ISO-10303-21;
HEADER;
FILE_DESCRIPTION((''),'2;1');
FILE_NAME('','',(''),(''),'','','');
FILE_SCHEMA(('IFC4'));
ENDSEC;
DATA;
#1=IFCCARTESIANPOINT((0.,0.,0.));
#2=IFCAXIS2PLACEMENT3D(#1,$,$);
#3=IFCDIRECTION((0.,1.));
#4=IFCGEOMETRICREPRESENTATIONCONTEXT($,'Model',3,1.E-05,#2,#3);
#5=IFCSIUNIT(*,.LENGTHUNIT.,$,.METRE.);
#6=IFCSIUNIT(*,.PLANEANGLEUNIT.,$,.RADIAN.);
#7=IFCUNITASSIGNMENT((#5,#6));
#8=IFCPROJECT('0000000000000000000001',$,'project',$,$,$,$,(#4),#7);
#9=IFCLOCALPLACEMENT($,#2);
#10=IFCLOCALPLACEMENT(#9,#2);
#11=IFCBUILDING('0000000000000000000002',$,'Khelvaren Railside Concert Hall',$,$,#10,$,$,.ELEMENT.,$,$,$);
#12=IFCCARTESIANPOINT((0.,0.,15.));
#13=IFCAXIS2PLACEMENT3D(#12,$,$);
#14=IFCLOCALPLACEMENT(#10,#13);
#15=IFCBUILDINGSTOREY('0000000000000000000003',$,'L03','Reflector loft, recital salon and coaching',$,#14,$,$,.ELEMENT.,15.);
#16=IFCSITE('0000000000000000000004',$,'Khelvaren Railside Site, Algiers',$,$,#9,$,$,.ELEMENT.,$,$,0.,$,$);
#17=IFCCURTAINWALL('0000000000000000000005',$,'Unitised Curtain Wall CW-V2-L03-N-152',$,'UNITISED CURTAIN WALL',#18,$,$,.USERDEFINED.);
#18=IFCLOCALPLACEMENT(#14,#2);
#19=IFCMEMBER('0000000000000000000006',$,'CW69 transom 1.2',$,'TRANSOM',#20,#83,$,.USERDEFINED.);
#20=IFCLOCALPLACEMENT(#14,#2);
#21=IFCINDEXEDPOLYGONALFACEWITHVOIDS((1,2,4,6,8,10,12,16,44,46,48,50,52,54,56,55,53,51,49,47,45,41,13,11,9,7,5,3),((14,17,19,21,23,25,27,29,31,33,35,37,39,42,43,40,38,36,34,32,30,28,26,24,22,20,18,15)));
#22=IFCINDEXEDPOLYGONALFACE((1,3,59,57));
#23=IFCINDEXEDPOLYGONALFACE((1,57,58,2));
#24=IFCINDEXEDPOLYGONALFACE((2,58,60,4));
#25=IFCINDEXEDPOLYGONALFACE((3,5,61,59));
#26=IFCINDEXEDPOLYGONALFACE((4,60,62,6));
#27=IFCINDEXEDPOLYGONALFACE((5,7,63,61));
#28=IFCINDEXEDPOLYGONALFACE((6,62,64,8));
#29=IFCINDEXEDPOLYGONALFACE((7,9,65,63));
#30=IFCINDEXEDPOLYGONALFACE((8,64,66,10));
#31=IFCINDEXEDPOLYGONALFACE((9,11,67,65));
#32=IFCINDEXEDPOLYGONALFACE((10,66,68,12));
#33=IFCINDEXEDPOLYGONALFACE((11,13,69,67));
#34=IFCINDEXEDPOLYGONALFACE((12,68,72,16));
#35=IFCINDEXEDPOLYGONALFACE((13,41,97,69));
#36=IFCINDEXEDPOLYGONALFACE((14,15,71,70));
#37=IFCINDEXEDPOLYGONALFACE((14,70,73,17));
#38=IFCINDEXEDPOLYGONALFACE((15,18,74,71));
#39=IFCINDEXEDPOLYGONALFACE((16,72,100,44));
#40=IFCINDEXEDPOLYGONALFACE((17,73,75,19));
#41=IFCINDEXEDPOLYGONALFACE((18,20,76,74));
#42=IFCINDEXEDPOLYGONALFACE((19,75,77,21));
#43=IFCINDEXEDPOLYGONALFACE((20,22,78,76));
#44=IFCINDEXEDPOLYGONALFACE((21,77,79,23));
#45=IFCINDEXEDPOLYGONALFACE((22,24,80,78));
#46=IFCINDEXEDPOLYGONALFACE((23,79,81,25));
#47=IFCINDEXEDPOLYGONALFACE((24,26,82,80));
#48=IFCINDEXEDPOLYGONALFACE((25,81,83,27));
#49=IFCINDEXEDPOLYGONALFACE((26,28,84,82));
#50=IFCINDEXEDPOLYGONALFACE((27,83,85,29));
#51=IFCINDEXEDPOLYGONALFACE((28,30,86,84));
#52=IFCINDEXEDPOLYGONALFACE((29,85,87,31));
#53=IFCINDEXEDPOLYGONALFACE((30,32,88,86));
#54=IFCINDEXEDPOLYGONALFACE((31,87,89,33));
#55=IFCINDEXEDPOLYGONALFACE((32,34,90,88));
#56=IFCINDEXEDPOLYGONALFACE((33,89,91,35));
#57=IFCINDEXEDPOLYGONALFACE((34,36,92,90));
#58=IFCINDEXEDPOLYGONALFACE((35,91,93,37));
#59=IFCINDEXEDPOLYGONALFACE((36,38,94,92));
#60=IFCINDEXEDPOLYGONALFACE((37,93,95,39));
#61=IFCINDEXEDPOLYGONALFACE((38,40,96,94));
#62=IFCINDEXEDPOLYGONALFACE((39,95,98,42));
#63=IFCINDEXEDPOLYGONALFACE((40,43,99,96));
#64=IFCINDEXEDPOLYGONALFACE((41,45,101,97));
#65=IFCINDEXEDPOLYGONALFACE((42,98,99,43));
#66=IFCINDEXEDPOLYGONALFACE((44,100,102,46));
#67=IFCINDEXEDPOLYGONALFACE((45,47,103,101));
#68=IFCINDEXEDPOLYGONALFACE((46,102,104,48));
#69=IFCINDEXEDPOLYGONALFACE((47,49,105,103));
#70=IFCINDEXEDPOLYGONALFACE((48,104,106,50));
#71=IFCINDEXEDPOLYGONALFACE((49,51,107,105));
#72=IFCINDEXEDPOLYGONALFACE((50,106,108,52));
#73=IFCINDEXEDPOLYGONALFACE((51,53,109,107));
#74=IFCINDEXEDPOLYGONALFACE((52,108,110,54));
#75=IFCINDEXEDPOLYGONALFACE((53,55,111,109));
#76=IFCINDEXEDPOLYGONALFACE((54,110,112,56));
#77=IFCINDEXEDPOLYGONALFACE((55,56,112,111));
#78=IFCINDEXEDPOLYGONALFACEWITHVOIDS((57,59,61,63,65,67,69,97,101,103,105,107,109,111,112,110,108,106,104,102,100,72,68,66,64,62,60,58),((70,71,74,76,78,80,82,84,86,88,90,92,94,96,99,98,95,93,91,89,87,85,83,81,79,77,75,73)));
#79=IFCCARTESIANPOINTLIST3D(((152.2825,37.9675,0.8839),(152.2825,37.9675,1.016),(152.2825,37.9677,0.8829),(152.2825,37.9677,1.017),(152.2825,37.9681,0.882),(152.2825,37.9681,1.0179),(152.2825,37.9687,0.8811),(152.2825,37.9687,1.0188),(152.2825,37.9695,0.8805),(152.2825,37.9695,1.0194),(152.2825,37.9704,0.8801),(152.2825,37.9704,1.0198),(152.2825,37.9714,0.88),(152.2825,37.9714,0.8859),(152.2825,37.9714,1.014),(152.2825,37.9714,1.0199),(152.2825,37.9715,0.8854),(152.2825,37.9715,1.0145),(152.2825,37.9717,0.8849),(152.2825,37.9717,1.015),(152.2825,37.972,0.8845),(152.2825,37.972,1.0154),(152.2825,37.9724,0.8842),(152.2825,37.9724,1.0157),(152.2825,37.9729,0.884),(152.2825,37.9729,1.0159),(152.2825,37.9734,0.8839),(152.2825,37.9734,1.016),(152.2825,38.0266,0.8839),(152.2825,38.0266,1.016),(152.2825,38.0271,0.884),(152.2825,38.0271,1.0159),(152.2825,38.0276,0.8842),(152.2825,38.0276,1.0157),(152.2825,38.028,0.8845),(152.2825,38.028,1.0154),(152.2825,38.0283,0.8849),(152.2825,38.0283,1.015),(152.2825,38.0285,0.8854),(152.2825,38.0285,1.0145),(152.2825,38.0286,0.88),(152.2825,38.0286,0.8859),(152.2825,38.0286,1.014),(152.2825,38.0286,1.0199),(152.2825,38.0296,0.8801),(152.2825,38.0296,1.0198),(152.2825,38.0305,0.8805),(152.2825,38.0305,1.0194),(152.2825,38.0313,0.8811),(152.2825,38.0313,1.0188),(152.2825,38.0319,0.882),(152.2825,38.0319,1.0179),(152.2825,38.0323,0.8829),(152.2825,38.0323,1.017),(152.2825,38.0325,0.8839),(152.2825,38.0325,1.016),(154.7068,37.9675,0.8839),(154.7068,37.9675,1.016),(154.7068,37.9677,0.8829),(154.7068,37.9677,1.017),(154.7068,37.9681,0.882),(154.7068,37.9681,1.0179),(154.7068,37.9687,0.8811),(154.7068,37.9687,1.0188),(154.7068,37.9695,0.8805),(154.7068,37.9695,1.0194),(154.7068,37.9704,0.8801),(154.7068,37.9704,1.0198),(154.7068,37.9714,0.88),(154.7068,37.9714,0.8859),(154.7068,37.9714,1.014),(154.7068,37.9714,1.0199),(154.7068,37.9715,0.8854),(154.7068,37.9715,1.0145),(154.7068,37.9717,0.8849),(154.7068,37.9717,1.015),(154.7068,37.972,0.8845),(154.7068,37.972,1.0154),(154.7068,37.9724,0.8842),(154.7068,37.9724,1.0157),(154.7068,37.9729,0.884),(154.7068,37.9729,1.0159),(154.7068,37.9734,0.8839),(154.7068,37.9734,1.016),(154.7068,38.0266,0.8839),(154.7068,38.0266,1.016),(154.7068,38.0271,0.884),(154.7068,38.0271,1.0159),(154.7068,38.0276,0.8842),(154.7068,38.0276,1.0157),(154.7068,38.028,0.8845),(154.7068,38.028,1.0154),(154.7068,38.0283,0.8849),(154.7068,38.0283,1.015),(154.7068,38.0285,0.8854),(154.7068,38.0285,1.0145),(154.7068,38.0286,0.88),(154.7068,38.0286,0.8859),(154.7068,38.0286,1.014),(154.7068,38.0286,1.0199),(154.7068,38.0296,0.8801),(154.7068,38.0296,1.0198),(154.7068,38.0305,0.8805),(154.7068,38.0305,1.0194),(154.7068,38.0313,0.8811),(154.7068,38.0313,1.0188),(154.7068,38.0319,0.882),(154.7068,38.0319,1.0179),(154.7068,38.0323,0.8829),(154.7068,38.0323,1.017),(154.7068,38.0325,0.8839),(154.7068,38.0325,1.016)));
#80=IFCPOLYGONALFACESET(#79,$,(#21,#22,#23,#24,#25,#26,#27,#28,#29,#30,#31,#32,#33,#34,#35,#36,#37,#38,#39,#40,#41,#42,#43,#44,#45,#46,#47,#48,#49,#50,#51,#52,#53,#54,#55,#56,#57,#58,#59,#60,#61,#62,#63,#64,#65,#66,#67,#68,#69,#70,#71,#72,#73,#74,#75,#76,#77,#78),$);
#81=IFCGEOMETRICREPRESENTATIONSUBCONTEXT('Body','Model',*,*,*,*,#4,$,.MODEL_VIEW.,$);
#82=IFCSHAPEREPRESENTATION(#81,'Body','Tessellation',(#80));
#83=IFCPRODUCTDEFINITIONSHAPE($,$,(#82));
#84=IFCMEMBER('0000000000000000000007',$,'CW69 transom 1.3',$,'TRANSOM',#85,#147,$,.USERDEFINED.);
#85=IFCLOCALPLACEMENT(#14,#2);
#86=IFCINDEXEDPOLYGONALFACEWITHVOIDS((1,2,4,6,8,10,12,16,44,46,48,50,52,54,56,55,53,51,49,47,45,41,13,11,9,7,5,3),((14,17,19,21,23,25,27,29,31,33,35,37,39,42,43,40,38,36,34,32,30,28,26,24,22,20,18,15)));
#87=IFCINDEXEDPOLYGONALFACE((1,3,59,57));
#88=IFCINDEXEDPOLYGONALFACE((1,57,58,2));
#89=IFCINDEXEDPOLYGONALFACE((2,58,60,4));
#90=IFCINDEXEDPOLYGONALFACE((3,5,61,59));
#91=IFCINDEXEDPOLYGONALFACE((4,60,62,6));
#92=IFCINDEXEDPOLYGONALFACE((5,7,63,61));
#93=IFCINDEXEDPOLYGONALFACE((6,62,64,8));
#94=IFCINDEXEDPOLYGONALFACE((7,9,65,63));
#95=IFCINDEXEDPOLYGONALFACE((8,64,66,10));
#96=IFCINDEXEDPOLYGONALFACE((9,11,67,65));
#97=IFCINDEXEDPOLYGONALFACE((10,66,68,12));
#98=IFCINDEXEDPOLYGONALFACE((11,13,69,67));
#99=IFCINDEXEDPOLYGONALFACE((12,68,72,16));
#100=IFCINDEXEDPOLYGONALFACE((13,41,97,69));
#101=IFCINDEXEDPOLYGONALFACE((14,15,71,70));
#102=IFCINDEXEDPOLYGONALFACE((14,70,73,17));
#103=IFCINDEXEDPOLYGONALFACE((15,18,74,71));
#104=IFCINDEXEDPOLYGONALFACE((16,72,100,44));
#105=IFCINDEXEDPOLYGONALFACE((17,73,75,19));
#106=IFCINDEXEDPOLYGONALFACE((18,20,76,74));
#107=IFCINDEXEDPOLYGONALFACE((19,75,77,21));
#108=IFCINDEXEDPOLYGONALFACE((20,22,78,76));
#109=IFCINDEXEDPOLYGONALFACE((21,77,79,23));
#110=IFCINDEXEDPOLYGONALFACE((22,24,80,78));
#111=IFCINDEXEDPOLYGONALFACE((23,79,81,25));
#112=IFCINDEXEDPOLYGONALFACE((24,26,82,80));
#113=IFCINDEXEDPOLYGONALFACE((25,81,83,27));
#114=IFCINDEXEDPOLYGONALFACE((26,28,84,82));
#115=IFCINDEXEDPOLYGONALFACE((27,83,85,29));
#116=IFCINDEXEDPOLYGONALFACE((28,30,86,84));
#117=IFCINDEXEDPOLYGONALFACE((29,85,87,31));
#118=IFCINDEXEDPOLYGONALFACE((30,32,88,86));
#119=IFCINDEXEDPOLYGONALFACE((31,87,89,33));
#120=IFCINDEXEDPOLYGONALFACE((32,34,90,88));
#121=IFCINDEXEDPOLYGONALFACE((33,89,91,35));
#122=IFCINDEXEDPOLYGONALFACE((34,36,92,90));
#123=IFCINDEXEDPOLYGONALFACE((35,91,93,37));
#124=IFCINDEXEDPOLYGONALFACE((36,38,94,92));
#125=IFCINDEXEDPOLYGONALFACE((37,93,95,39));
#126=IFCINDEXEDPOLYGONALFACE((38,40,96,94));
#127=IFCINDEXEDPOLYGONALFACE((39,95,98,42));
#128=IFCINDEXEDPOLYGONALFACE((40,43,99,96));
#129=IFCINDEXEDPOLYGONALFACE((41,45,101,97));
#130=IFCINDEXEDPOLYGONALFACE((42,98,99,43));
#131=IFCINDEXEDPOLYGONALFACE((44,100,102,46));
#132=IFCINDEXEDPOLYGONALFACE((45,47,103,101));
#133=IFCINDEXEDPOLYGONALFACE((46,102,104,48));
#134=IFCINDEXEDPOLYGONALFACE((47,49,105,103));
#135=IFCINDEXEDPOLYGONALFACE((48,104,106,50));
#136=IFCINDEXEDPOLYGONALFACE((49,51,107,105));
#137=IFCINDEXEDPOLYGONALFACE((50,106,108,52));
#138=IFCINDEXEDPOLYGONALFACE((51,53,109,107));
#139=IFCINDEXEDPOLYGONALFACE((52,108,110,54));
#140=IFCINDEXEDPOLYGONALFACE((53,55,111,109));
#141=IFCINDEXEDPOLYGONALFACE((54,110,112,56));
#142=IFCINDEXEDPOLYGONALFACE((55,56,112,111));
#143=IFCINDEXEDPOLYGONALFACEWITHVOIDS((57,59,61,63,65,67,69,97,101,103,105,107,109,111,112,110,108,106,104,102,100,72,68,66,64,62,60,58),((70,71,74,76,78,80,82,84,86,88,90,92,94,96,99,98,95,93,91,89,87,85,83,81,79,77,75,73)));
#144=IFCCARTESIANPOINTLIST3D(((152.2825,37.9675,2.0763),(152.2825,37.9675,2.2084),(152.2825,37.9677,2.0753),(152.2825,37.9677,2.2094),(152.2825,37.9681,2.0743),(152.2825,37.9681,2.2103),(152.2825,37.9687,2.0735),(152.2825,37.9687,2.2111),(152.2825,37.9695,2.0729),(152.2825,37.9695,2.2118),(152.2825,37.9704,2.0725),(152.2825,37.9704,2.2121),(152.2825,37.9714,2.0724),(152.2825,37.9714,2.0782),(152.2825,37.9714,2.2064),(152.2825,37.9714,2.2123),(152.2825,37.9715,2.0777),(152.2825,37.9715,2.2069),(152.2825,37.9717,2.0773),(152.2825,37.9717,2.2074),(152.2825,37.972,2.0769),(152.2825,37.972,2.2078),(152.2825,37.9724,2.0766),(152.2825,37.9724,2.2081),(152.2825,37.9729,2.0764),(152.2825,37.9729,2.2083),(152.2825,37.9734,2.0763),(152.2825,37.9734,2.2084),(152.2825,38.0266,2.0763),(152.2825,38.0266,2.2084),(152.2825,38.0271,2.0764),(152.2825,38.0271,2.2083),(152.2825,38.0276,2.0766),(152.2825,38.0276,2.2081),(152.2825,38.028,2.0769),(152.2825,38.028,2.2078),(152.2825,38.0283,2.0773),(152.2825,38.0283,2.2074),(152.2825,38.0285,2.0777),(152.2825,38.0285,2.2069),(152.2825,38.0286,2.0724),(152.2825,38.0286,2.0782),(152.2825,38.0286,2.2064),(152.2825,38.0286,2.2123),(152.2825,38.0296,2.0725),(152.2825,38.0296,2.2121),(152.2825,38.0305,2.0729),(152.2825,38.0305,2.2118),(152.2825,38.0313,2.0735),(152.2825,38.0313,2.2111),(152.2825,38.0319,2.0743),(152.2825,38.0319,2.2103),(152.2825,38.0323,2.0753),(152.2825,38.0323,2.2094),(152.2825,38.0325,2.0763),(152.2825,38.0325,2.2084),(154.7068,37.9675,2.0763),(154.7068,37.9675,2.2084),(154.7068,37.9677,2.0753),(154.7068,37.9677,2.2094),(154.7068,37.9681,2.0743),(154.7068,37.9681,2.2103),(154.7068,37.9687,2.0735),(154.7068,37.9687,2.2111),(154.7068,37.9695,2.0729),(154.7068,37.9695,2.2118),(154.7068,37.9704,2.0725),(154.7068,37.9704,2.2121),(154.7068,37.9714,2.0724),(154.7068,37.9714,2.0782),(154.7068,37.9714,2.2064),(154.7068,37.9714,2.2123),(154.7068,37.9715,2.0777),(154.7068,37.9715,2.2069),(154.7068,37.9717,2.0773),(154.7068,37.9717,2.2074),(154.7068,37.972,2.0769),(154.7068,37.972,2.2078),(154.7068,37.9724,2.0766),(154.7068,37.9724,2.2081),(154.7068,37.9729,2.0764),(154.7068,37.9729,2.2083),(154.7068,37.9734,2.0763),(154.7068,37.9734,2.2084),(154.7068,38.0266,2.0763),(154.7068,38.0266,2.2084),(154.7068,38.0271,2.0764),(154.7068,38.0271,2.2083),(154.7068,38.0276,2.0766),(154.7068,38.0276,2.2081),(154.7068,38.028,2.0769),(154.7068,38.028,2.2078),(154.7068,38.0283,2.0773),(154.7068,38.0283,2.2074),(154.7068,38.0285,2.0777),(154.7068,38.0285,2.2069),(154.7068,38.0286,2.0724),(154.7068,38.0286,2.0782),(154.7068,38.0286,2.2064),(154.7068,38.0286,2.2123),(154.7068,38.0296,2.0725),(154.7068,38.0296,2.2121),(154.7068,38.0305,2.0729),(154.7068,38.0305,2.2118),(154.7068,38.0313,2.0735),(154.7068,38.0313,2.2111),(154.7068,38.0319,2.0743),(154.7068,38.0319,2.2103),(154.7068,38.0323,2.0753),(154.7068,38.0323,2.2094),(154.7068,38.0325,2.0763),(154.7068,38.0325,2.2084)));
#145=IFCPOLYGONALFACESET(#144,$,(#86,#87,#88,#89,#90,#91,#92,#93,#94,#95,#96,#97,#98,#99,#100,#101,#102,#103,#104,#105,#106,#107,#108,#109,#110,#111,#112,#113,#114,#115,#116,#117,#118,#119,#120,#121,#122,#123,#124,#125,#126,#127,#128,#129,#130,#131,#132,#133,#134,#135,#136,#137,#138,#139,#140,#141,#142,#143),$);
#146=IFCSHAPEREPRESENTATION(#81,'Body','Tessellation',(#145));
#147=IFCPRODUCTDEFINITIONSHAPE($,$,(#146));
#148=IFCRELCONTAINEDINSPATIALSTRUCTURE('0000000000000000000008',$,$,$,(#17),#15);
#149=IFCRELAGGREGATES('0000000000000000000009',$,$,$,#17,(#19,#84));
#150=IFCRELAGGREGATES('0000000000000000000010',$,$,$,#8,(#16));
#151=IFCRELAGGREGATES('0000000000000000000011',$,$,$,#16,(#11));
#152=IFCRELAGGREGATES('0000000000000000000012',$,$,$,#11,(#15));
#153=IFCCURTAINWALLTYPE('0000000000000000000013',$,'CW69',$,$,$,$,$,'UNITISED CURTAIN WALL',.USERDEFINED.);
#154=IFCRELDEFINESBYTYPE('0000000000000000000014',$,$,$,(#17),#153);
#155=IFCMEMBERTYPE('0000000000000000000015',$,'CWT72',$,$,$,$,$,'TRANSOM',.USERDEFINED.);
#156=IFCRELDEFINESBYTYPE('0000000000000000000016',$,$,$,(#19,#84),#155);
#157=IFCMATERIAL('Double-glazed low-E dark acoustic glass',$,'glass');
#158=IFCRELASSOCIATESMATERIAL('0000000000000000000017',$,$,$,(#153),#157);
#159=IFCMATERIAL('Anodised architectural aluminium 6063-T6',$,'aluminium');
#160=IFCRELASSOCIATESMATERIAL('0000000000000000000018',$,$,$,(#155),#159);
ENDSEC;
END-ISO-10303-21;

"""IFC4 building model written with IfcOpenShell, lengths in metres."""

from ifc_helpers import new_model, si_unit, direction, frame, origin, origin_2d, place, context, subcontext, project, spatial, hollow_rectangle, extrude, material, material_profile, profile_set, type_object, element, aggregate, save


model = new_model("IFC4")

# Units and contexts
model_context = context("Model", 3, precision=1e-05, world=origin(), true_north=direction((0.0, 1.0)))
body_context = subcontext(model_context, "Body", "Model", "MODEL_VIEW")
ifc_project = project(units=[si_unit("LENGTHUNIT", "METRE"), si_unit("PLANEANGLEUNIT", "RADIAN")], contexts=[model_context])

# Site, building, storey
site_placement = place(None, origin())
site = spatial("IfcSite", under=ifc_project, at=site_placement, Name="Khelvaren Railside Site, Algiers", CompositionType="ELEMENT", RefElevation=0.0)
building_placement = place(site_placement, origin())
building = spatial("IfcBuilding", under=site, at=building_placement, Name="Khelvaren Railside Concert Hall", CompositionType="ELEMENT")
storey_placement = place(building_placement, frame((0.0, 0.0, 15.0)))
storey = spatial("IfcBuildingStorey", under=building, at=storey_placement, Name="L03", Description="Reflector loft, recital salon and coaching", CompositionType="ELEMENT", Elevation=15.0)

# Curtain wall
ifc_material_1 = material(Name="Double-glazed low-E dark acoustic glass", Category="glass")
ifc_material_2 = material(Name="Anodised architectural aluminium 6063-T6", Category="aluminium")
curtain_wall_type_1 = type_object("IfcCurtainWallType", Name="CW69", ElementType="UNITISED CURTAIN WALL", PredefinedType="USERDEFINED", material=ifc_material_1)
curtain_wall_1_placement = place(storey_placement, origin())
curtain_wall_1 = element("IfcCurtainWall", 1, at=curtain_wall_1_placement, inside=storey, type_object=curtain_wall_type_1, Name="Unitised Curtain Wall CW-V2-L03-N-152", ObjectType="UNITISED CURTAIN WALL", PredefinedType="USERDEFINED")

# Members
ifc_material_profile_1 = material_profile(ifc_material_2, hollow_rectangle(XDim=0.0649, YDim=0.1399, WallThickness=0.0039, InnerFilletRadius=0.002, OuterFilletRadius=0.0039, at=origin_2d()), Name="CWT 65x140x4")
ifc_profile_set_1 = profile_set([ifc_material_profile_1], Name="Anodised architectural aluminium 6063-T6")
member_type_1 = type_object("IfcMemberType", Name="CWT72", ElementType="TRANSOM", PredefinedType="USERDEFINED", material=ifc_profile_set_1)
member_1_placement = place(storey_placement, frame((152.2825, 38.0, 0.95), z_axis=(1.0, 0.0, 0.0), x_axis=(0.0, 1.0, 0.0)))
member_1 = element("IfcMember", 2, at=member_1_placement, type_object=member_type_1, Name="CW69 transom 1.2", ObjectType="TRANSOM", PredefinedType="USERDEFINED", context=body_context, shape_type="SweptSolid", body=[
    extrude(hollow_rectangle(XDim=0.0649, YDim=0.1399, WallThickness=0.0039, InnerFilletRadius=0.002, OuterFilletRadius=0.0039, at=origin_2d()), origin(), (0.0, 0.0, 1.0), 2.4243),
])
member_2_placement = place(storey_placement, frame((152.2825, 38.0, 2.1423), z_axis=(1.0, 0.0, 0.0), x_axis=(0.0, 1.0, 0.0)))
member_2 = element("IfcMember", 3, at=member_2_placement, type_object=member_type_1, Name="CW69 transom 1.3", ObjectType="TRANSOM", PredefinedType="USERDEFINED", context=body_context, shape_type="SweptSolid", body=[
    extrude(hollow_rectangle(XDim=0.0649, YDim=0.1399, WallThickness=0.0039, InnerFilletRadius=0.002, OuterFilletRadius=0.0039, at=origin_2d()), origin(), (0.0, 0.0, 1.0), 2.4243),
])

aggregate(curtain_wall_1, [member_1, member_2])

save(model, "model.ifc")
